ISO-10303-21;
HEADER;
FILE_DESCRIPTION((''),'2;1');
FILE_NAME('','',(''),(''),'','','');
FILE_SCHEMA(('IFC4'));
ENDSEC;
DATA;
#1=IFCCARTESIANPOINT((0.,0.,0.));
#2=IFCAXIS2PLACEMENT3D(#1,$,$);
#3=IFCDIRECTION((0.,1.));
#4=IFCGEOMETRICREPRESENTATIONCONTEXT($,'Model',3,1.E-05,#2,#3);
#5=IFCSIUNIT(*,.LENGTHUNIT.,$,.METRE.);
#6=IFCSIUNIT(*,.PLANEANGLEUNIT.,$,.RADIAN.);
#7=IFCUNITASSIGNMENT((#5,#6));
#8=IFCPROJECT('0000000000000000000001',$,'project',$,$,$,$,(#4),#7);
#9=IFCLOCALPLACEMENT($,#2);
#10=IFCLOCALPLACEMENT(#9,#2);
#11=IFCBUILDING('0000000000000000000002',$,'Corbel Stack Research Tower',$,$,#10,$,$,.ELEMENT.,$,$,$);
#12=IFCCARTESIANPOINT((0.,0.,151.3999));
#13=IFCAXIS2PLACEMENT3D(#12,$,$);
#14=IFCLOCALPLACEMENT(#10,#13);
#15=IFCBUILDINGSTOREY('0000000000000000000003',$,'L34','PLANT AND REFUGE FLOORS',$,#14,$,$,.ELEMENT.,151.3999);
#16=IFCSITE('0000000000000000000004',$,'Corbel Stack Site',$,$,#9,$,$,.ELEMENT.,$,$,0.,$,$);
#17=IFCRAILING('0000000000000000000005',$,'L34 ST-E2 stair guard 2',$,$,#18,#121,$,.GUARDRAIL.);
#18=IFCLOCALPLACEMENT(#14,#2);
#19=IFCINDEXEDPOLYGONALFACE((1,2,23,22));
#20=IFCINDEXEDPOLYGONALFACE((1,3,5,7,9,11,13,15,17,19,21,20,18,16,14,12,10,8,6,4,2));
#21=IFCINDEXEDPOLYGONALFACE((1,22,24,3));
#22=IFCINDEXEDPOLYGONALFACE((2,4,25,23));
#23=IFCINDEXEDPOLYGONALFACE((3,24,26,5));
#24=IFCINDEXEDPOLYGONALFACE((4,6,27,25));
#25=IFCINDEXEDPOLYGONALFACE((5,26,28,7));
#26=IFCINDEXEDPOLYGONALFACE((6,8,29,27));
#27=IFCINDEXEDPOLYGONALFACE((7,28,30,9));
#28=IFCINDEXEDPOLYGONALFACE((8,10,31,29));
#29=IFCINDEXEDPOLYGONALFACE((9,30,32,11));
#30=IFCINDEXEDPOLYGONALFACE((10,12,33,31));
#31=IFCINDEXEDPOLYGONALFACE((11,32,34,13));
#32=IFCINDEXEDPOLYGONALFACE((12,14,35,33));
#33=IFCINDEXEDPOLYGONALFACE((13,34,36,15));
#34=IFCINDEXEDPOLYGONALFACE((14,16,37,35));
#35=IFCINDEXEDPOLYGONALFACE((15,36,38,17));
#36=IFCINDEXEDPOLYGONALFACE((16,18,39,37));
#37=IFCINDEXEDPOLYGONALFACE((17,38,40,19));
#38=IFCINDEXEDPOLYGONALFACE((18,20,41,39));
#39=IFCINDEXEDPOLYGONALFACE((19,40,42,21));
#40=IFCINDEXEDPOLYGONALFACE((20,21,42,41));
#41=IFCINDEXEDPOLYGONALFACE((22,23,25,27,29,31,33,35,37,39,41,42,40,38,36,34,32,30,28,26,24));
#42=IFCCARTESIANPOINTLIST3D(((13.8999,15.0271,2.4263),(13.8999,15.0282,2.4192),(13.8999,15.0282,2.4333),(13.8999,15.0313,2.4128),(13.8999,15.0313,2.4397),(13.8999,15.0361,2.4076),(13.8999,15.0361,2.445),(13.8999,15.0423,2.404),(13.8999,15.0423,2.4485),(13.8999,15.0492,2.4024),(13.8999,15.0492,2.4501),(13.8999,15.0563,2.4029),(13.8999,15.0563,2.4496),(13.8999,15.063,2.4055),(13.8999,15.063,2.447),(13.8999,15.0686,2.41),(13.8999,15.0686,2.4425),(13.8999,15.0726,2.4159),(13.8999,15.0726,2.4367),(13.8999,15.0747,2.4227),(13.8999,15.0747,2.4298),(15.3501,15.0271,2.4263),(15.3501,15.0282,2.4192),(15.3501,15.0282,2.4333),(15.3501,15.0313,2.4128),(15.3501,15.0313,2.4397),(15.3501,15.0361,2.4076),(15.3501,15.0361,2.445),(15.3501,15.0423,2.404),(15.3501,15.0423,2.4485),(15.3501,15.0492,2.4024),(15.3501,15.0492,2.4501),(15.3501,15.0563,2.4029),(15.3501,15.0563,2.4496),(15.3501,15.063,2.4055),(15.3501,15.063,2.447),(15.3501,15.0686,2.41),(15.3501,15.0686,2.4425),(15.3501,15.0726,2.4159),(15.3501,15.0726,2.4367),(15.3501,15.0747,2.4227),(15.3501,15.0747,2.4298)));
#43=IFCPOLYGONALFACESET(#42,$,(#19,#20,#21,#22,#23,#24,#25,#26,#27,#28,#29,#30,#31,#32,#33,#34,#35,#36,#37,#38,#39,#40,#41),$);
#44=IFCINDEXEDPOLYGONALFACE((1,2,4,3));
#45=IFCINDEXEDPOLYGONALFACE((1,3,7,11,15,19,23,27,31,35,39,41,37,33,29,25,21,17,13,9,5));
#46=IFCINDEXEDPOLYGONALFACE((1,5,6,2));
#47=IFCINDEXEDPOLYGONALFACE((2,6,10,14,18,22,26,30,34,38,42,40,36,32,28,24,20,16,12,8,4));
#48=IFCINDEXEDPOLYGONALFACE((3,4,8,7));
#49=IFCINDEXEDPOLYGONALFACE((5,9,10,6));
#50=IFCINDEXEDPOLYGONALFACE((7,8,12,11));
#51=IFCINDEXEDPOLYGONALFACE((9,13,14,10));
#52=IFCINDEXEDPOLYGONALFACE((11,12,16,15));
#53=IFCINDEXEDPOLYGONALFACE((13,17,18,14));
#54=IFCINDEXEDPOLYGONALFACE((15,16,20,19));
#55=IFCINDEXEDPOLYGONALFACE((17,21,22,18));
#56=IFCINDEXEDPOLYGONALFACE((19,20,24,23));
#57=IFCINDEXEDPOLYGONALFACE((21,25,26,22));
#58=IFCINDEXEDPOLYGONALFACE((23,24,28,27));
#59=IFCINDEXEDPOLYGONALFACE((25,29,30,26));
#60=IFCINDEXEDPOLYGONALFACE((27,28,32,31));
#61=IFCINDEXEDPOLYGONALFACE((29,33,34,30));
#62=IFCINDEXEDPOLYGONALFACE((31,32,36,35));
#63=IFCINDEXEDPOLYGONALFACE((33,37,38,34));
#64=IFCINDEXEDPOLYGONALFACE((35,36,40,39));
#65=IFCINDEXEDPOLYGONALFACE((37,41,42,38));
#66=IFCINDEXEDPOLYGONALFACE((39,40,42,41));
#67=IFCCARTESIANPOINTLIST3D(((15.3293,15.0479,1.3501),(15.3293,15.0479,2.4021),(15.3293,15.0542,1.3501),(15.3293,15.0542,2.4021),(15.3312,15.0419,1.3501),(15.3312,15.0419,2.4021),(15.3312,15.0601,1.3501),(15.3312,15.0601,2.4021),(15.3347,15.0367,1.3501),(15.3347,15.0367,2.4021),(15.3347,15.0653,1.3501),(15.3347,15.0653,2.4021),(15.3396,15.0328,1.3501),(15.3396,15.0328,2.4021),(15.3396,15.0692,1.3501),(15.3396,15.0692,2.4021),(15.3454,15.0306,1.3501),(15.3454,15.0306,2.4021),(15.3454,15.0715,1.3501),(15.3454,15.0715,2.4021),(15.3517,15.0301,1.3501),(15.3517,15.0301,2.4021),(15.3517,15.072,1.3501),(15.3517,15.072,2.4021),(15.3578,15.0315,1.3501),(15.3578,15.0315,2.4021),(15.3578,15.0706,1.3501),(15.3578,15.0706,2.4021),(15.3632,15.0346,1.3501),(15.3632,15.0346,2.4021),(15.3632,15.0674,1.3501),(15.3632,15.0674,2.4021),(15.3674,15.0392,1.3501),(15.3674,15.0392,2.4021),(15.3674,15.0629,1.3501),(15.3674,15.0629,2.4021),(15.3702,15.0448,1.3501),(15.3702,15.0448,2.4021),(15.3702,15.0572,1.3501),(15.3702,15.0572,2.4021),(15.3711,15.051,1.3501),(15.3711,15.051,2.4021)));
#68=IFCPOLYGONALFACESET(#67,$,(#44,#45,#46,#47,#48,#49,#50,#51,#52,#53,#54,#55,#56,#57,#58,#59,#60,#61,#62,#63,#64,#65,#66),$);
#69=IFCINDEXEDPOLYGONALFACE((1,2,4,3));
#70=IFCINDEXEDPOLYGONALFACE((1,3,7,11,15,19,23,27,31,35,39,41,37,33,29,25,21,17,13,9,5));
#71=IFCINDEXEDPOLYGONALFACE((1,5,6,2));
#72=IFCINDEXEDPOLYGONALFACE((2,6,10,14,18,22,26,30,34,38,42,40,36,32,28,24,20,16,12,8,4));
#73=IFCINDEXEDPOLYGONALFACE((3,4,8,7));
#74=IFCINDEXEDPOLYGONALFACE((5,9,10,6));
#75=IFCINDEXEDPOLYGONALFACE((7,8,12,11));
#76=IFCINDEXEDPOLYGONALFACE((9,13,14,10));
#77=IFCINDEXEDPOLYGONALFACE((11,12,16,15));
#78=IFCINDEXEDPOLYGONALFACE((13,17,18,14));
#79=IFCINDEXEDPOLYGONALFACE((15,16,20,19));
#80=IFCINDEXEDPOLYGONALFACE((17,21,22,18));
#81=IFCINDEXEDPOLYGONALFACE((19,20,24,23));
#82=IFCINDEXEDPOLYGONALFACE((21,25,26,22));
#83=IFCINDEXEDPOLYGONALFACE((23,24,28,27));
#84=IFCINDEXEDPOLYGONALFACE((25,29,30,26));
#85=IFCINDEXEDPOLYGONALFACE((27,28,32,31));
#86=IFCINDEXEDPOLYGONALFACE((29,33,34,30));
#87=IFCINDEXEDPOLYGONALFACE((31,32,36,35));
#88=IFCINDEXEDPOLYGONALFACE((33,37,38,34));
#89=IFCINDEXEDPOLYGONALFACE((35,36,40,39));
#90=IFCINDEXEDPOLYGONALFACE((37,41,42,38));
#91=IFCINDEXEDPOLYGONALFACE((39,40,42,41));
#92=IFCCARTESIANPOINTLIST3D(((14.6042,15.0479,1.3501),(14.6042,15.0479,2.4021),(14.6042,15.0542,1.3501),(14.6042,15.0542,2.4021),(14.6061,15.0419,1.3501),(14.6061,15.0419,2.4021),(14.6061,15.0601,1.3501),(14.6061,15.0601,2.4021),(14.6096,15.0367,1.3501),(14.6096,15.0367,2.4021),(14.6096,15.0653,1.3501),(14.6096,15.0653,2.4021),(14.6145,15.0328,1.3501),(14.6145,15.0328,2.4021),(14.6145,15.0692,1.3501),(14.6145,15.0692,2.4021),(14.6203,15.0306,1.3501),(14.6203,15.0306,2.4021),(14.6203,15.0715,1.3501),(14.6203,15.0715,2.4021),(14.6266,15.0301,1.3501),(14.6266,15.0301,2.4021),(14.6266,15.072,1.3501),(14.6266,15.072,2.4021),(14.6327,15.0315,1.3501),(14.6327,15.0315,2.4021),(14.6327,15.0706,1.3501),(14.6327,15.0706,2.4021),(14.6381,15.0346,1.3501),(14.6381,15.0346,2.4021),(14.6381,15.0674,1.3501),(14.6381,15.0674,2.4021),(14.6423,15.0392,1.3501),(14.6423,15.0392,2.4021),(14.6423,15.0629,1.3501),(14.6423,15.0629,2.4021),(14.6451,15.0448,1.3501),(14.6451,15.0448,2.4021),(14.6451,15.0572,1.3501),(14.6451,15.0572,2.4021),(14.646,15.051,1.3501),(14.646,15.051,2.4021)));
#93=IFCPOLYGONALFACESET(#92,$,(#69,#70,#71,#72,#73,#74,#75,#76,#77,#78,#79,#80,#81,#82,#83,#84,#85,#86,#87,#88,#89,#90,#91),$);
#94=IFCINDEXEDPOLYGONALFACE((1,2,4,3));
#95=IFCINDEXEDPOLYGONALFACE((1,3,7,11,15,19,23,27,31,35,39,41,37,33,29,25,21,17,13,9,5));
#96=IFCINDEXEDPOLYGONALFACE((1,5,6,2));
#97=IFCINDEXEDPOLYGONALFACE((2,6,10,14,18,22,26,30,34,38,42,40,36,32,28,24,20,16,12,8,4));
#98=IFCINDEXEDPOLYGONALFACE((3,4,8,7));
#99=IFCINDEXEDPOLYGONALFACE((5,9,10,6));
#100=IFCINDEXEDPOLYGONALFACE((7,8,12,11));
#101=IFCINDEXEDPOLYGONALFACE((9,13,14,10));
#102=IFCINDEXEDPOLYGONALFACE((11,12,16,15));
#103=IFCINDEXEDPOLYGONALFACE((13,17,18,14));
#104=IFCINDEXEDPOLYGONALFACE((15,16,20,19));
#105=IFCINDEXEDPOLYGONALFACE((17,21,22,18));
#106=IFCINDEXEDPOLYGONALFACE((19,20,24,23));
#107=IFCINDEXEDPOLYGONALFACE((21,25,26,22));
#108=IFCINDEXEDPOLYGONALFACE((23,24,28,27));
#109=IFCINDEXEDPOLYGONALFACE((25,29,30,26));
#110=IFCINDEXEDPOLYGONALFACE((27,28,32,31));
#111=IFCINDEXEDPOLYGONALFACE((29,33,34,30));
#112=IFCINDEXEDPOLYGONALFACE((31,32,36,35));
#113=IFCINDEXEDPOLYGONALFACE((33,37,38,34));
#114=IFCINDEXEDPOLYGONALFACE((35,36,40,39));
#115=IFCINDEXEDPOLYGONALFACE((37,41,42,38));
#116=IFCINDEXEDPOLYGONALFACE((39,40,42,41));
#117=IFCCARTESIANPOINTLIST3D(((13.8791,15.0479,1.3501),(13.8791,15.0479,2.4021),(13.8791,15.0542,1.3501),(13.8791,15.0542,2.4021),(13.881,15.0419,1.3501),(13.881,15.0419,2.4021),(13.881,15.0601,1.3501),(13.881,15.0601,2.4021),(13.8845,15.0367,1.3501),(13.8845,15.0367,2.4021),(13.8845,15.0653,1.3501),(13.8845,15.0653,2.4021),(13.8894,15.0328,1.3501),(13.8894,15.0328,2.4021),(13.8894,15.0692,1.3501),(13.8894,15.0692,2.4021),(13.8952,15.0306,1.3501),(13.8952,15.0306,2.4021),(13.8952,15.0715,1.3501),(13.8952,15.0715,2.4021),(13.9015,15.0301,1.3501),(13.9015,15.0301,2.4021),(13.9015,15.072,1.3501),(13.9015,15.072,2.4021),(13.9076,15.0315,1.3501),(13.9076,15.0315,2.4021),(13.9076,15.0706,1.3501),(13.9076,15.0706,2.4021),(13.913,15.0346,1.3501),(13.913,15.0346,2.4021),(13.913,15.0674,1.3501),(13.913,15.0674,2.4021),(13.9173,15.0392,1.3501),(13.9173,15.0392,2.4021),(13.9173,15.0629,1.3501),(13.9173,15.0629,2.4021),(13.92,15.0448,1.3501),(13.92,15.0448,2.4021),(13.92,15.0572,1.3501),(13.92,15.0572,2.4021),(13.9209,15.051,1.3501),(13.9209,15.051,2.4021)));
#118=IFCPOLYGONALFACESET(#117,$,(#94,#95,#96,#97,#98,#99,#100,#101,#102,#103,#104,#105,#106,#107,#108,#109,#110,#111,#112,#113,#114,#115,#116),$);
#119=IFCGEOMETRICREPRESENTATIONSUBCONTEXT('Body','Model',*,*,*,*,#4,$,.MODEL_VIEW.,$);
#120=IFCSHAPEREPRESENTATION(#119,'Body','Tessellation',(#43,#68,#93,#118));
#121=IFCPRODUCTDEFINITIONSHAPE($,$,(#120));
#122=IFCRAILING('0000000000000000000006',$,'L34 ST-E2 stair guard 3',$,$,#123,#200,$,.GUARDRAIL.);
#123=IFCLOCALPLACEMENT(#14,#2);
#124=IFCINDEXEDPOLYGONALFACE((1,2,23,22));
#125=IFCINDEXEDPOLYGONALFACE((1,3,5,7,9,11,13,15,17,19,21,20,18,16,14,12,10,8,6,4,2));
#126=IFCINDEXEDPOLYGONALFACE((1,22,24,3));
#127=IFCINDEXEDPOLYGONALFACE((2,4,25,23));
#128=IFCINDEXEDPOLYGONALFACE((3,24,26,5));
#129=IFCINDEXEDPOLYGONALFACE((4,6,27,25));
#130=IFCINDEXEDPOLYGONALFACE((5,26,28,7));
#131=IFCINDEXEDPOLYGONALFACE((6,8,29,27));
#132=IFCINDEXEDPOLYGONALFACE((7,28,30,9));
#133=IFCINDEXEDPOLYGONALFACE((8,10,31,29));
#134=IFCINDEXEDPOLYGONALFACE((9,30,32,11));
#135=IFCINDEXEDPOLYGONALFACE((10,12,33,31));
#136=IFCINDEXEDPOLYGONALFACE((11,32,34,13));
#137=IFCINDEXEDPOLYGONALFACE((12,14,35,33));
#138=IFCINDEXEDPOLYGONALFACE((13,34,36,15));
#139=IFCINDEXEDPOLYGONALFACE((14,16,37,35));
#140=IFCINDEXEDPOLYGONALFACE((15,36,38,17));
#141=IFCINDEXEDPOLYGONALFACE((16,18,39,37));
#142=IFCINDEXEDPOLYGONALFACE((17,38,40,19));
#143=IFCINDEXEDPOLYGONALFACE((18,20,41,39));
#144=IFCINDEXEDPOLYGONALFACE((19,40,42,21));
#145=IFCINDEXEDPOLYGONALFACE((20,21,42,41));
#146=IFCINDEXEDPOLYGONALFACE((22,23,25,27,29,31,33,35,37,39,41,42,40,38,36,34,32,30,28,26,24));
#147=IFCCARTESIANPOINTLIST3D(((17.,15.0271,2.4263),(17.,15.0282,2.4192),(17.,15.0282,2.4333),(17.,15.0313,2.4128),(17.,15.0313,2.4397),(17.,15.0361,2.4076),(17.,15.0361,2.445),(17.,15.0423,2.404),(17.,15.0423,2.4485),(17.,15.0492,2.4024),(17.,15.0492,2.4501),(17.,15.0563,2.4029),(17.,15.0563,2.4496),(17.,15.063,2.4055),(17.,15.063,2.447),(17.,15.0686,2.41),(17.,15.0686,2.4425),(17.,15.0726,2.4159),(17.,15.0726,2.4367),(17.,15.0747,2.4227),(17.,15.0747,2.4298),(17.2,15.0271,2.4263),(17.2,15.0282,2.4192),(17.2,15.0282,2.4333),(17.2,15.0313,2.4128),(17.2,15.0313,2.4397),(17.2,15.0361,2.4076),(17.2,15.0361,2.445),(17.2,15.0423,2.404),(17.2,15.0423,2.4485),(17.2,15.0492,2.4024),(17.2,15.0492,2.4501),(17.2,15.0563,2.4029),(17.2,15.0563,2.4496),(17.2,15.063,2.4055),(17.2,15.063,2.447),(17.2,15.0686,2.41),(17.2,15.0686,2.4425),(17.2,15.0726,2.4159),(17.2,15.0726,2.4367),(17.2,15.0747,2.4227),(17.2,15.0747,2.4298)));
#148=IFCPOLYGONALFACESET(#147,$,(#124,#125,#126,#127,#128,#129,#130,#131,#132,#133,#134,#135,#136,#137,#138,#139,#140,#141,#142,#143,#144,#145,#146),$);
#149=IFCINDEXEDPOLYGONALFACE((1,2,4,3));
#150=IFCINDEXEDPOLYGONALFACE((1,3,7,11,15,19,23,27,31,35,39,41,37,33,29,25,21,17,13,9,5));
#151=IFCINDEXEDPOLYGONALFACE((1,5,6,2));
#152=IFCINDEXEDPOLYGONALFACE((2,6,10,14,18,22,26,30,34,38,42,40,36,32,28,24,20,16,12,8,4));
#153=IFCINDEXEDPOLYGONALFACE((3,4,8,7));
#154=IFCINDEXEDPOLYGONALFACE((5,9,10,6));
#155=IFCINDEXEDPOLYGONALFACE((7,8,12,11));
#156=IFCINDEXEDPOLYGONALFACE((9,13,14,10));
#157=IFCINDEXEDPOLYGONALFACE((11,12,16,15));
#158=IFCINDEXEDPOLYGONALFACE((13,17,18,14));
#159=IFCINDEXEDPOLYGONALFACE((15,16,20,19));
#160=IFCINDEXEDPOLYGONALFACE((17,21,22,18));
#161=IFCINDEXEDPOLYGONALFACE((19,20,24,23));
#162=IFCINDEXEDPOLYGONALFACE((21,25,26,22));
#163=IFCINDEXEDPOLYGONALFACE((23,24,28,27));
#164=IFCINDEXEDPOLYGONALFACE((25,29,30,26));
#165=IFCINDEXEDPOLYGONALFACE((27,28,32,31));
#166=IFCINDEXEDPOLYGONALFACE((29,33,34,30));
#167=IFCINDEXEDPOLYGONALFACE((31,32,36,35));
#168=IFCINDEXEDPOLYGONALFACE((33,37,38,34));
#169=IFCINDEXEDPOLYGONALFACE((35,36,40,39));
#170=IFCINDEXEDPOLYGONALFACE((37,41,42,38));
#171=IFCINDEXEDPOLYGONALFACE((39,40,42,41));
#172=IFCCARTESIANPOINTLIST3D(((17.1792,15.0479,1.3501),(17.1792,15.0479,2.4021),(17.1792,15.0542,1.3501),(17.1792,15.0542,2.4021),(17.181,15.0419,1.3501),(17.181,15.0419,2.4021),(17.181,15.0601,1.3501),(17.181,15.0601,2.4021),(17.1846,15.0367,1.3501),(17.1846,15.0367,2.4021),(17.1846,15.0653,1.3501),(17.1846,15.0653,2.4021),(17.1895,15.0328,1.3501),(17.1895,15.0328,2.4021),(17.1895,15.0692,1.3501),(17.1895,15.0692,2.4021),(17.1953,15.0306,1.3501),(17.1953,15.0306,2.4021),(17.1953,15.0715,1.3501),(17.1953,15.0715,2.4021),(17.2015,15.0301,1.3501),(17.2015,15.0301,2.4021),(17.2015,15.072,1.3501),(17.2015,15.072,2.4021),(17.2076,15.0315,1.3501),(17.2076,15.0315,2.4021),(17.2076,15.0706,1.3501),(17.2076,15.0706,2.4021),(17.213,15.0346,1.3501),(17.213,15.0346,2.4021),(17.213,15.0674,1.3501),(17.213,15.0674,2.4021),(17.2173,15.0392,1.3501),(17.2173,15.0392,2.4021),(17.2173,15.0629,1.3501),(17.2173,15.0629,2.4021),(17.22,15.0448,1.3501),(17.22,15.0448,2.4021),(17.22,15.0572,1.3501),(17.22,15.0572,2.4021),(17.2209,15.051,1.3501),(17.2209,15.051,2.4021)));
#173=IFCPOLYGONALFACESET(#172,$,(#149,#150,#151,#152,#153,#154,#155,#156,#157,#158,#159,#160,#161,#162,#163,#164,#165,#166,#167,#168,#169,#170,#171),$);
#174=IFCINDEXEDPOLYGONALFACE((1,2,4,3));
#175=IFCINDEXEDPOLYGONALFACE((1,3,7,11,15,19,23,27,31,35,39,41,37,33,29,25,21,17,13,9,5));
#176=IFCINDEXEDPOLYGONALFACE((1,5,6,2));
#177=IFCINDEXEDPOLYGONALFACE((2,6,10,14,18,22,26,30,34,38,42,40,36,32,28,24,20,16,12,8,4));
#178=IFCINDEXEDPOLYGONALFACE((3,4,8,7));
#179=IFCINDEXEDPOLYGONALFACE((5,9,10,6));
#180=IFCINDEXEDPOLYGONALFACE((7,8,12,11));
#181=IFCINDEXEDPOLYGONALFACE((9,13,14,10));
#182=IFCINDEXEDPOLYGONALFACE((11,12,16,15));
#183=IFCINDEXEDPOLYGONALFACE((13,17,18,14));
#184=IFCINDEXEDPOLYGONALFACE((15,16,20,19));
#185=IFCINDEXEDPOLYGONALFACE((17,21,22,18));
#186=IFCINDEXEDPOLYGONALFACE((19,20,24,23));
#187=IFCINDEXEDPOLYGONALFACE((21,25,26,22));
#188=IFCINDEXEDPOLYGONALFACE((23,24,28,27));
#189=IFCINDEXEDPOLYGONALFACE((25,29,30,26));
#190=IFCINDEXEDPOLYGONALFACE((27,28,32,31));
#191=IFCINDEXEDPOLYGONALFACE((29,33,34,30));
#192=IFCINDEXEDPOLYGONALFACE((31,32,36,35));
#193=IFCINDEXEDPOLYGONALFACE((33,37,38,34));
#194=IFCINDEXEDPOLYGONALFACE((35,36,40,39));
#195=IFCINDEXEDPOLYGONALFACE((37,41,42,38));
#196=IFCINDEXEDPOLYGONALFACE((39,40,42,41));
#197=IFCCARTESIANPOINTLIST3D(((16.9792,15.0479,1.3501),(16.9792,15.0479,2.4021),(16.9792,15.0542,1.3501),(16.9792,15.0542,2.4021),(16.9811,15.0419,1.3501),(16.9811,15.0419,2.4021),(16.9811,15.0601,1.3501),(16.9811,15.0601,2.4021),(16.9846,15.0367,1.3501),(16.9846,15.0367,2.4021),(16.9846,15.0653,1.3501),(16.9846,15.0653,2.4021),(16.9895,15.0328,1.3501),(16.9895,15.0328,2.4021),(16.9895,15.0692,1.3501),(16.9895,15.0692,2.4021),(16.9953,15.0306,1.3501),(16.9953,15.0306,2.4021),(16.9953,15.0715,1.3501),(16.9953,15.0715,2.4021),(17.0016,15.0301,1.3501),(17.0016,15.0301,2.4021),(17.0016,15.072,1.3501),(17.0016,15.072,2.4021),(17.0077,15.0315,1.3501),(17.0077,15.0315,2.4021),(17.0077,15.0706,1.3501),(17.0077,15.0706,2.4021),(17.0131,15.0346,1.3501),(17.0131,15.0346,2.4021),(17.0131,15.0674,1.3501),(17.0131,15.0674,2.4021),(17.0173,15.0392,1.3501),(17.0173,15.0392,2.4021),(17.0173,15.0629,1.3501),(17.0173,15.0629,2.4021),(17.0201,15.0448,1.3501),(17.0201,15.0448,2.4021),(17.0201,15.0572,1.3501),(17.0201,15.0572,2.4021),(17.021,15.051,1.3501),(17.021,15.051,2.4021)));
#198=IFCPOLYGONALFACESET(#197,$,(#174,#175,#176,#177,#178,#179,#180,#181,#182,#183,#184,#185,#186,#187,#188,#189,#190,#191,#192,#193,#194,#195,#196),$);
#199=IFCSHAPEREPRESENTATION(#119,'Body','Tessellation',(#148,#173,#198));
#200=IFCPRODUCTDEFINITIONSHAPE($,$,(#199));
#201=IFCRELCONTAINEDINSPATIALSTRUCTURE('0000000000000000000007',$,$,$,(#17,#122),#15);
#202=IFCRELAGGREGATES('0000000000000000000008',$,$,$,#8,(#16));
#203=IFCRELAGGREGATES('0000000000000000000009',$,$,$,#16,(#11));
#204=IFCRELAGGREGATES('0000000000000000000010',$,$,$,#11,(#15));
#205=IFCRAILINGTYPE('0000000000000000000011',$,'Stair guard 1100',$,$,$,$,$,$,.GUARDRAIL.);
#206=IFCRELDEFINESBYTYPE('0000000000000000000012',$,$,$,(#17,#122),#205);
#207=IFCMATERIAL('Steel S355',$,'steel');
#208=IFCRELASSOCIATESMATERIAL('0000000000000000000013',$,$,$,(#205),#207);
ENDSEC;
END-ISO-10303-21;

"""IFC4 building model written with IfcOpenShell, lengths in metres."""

from ifc_helpers import new_model, si_unit, direction, frame, origin, origin_2d, place, context, subcontext, project, spatial, circle, extrude, material, type_object, element, save


model = new_model("IFC4")

# Units and contexts
model_context = context("Model", 3, precision=1e-05, world=origin(), true_north=direction((0.0, 1.0)))
body_context = subcontext(model_context, "Body", "Model", "MODEL_VIEW")
ifc_project = project(units=[si_unit("LENGTHUNIT", "METRE"), si_unit("PLANEANGLEUNIT", "RADIAN")], contexts=[model_context])

# Site, building, storey
site_placement = place(None, origin())
site = spatial("IfcSite", under=ifc_project, at=site_placement, Name="Corbel Stack Site", CompositionType="ELEMENT", RefElevation=0.0)
building_placement = place(site_placement, origin())
building = spatial("IfcBuilding", under=site, at=building_placement, Name="Corbel Stack Research Tower", CompositionType="ELEMENT")
storey_placement = place(building_placement, frame((0.0, 0.0, 151.3999)))
storey = spatial("IfcBuildingStorey", under=building, at=storey_placement, Name="L34", Description="PLANT AND REFUGE FLOORS", CompositionType="ELEMENT", Elevation=151.3999)

# Railings
ifc_material_1 = material(Name="Steel S355", Category="steel")
railing_type_1 = type_object("IfcRailingType", Name="Stair guard 1100", PredefinedType="GUARDRAIL", material=ifc_material_1)
railing_1_placement = place(storey_placement, frame((15.3501, 15.051, 1.3501)))
element("IfcRailing", 1, at=railing_1_placement, inside=storey, type_object=railing_type_1, Name="L34 ST-E2 stair guard 2", PredefinedType="GUARDRAIL", context=body_context, shape_type="SweptSolid", body=[
    extrude(circle(Radius=0.0239, at=origin_2d()), frame((0.0, 0.0, 1.0762), z_axis=(-1.0, 0.0, 0.0), x_axis=(0.0, -1.0, 0.0)), (0.0, 0.0, 1.0), 1.4502),
    extrude(circle(Radius=0.021, at=origin_2d()), origin(), (0.0, 0.0, 1.0), 1.052),
    extrude(circle(Radius=0.021, at=origin_2d()), frame((-0.7251, 0.0, 0.0)), (0.0, 0.0, 1.0), 1.052),
    extrude(circle(Radius=0.021, at=origin_2d()), frame((-1.4502, 0.0, 0.0)), (0.0, 0.0, 1.0), 1.052),
])
railing_2_placement = place(storey_placement, frame((17.2, 15.051, 1.3501)))
element("IfcRailing", 2, at=railing_2_placement, inside=storey, type_object=railing_type_1, Name="L34 ST-E2 stair guard 3", PredefinedType="GUARDRAIL", context=body_context, shape_type="SweptSolid", body=[
    extrude(circle(Radius=0.0239, at=origin_2d()), frame((0.0, 0.0, 1.0762), z_axis=(-1.0, 0.0, 0.0), x_axis=(0.0, -1.0, 0.0)), (0.0, 0.0, 1.0), 0.2),
    extrude(circle(Radius=0.021, at=origin_2d()), origin(), (0.0, 0.0, 1.0), 1.052),
    extrude(circle(Radius=0.021, at=origin_2d()), frame((-0.2, 0.0, 0.0)), (0.0, 0.0, 1.0), 1.052),
])

save(model, "model.ifc")
